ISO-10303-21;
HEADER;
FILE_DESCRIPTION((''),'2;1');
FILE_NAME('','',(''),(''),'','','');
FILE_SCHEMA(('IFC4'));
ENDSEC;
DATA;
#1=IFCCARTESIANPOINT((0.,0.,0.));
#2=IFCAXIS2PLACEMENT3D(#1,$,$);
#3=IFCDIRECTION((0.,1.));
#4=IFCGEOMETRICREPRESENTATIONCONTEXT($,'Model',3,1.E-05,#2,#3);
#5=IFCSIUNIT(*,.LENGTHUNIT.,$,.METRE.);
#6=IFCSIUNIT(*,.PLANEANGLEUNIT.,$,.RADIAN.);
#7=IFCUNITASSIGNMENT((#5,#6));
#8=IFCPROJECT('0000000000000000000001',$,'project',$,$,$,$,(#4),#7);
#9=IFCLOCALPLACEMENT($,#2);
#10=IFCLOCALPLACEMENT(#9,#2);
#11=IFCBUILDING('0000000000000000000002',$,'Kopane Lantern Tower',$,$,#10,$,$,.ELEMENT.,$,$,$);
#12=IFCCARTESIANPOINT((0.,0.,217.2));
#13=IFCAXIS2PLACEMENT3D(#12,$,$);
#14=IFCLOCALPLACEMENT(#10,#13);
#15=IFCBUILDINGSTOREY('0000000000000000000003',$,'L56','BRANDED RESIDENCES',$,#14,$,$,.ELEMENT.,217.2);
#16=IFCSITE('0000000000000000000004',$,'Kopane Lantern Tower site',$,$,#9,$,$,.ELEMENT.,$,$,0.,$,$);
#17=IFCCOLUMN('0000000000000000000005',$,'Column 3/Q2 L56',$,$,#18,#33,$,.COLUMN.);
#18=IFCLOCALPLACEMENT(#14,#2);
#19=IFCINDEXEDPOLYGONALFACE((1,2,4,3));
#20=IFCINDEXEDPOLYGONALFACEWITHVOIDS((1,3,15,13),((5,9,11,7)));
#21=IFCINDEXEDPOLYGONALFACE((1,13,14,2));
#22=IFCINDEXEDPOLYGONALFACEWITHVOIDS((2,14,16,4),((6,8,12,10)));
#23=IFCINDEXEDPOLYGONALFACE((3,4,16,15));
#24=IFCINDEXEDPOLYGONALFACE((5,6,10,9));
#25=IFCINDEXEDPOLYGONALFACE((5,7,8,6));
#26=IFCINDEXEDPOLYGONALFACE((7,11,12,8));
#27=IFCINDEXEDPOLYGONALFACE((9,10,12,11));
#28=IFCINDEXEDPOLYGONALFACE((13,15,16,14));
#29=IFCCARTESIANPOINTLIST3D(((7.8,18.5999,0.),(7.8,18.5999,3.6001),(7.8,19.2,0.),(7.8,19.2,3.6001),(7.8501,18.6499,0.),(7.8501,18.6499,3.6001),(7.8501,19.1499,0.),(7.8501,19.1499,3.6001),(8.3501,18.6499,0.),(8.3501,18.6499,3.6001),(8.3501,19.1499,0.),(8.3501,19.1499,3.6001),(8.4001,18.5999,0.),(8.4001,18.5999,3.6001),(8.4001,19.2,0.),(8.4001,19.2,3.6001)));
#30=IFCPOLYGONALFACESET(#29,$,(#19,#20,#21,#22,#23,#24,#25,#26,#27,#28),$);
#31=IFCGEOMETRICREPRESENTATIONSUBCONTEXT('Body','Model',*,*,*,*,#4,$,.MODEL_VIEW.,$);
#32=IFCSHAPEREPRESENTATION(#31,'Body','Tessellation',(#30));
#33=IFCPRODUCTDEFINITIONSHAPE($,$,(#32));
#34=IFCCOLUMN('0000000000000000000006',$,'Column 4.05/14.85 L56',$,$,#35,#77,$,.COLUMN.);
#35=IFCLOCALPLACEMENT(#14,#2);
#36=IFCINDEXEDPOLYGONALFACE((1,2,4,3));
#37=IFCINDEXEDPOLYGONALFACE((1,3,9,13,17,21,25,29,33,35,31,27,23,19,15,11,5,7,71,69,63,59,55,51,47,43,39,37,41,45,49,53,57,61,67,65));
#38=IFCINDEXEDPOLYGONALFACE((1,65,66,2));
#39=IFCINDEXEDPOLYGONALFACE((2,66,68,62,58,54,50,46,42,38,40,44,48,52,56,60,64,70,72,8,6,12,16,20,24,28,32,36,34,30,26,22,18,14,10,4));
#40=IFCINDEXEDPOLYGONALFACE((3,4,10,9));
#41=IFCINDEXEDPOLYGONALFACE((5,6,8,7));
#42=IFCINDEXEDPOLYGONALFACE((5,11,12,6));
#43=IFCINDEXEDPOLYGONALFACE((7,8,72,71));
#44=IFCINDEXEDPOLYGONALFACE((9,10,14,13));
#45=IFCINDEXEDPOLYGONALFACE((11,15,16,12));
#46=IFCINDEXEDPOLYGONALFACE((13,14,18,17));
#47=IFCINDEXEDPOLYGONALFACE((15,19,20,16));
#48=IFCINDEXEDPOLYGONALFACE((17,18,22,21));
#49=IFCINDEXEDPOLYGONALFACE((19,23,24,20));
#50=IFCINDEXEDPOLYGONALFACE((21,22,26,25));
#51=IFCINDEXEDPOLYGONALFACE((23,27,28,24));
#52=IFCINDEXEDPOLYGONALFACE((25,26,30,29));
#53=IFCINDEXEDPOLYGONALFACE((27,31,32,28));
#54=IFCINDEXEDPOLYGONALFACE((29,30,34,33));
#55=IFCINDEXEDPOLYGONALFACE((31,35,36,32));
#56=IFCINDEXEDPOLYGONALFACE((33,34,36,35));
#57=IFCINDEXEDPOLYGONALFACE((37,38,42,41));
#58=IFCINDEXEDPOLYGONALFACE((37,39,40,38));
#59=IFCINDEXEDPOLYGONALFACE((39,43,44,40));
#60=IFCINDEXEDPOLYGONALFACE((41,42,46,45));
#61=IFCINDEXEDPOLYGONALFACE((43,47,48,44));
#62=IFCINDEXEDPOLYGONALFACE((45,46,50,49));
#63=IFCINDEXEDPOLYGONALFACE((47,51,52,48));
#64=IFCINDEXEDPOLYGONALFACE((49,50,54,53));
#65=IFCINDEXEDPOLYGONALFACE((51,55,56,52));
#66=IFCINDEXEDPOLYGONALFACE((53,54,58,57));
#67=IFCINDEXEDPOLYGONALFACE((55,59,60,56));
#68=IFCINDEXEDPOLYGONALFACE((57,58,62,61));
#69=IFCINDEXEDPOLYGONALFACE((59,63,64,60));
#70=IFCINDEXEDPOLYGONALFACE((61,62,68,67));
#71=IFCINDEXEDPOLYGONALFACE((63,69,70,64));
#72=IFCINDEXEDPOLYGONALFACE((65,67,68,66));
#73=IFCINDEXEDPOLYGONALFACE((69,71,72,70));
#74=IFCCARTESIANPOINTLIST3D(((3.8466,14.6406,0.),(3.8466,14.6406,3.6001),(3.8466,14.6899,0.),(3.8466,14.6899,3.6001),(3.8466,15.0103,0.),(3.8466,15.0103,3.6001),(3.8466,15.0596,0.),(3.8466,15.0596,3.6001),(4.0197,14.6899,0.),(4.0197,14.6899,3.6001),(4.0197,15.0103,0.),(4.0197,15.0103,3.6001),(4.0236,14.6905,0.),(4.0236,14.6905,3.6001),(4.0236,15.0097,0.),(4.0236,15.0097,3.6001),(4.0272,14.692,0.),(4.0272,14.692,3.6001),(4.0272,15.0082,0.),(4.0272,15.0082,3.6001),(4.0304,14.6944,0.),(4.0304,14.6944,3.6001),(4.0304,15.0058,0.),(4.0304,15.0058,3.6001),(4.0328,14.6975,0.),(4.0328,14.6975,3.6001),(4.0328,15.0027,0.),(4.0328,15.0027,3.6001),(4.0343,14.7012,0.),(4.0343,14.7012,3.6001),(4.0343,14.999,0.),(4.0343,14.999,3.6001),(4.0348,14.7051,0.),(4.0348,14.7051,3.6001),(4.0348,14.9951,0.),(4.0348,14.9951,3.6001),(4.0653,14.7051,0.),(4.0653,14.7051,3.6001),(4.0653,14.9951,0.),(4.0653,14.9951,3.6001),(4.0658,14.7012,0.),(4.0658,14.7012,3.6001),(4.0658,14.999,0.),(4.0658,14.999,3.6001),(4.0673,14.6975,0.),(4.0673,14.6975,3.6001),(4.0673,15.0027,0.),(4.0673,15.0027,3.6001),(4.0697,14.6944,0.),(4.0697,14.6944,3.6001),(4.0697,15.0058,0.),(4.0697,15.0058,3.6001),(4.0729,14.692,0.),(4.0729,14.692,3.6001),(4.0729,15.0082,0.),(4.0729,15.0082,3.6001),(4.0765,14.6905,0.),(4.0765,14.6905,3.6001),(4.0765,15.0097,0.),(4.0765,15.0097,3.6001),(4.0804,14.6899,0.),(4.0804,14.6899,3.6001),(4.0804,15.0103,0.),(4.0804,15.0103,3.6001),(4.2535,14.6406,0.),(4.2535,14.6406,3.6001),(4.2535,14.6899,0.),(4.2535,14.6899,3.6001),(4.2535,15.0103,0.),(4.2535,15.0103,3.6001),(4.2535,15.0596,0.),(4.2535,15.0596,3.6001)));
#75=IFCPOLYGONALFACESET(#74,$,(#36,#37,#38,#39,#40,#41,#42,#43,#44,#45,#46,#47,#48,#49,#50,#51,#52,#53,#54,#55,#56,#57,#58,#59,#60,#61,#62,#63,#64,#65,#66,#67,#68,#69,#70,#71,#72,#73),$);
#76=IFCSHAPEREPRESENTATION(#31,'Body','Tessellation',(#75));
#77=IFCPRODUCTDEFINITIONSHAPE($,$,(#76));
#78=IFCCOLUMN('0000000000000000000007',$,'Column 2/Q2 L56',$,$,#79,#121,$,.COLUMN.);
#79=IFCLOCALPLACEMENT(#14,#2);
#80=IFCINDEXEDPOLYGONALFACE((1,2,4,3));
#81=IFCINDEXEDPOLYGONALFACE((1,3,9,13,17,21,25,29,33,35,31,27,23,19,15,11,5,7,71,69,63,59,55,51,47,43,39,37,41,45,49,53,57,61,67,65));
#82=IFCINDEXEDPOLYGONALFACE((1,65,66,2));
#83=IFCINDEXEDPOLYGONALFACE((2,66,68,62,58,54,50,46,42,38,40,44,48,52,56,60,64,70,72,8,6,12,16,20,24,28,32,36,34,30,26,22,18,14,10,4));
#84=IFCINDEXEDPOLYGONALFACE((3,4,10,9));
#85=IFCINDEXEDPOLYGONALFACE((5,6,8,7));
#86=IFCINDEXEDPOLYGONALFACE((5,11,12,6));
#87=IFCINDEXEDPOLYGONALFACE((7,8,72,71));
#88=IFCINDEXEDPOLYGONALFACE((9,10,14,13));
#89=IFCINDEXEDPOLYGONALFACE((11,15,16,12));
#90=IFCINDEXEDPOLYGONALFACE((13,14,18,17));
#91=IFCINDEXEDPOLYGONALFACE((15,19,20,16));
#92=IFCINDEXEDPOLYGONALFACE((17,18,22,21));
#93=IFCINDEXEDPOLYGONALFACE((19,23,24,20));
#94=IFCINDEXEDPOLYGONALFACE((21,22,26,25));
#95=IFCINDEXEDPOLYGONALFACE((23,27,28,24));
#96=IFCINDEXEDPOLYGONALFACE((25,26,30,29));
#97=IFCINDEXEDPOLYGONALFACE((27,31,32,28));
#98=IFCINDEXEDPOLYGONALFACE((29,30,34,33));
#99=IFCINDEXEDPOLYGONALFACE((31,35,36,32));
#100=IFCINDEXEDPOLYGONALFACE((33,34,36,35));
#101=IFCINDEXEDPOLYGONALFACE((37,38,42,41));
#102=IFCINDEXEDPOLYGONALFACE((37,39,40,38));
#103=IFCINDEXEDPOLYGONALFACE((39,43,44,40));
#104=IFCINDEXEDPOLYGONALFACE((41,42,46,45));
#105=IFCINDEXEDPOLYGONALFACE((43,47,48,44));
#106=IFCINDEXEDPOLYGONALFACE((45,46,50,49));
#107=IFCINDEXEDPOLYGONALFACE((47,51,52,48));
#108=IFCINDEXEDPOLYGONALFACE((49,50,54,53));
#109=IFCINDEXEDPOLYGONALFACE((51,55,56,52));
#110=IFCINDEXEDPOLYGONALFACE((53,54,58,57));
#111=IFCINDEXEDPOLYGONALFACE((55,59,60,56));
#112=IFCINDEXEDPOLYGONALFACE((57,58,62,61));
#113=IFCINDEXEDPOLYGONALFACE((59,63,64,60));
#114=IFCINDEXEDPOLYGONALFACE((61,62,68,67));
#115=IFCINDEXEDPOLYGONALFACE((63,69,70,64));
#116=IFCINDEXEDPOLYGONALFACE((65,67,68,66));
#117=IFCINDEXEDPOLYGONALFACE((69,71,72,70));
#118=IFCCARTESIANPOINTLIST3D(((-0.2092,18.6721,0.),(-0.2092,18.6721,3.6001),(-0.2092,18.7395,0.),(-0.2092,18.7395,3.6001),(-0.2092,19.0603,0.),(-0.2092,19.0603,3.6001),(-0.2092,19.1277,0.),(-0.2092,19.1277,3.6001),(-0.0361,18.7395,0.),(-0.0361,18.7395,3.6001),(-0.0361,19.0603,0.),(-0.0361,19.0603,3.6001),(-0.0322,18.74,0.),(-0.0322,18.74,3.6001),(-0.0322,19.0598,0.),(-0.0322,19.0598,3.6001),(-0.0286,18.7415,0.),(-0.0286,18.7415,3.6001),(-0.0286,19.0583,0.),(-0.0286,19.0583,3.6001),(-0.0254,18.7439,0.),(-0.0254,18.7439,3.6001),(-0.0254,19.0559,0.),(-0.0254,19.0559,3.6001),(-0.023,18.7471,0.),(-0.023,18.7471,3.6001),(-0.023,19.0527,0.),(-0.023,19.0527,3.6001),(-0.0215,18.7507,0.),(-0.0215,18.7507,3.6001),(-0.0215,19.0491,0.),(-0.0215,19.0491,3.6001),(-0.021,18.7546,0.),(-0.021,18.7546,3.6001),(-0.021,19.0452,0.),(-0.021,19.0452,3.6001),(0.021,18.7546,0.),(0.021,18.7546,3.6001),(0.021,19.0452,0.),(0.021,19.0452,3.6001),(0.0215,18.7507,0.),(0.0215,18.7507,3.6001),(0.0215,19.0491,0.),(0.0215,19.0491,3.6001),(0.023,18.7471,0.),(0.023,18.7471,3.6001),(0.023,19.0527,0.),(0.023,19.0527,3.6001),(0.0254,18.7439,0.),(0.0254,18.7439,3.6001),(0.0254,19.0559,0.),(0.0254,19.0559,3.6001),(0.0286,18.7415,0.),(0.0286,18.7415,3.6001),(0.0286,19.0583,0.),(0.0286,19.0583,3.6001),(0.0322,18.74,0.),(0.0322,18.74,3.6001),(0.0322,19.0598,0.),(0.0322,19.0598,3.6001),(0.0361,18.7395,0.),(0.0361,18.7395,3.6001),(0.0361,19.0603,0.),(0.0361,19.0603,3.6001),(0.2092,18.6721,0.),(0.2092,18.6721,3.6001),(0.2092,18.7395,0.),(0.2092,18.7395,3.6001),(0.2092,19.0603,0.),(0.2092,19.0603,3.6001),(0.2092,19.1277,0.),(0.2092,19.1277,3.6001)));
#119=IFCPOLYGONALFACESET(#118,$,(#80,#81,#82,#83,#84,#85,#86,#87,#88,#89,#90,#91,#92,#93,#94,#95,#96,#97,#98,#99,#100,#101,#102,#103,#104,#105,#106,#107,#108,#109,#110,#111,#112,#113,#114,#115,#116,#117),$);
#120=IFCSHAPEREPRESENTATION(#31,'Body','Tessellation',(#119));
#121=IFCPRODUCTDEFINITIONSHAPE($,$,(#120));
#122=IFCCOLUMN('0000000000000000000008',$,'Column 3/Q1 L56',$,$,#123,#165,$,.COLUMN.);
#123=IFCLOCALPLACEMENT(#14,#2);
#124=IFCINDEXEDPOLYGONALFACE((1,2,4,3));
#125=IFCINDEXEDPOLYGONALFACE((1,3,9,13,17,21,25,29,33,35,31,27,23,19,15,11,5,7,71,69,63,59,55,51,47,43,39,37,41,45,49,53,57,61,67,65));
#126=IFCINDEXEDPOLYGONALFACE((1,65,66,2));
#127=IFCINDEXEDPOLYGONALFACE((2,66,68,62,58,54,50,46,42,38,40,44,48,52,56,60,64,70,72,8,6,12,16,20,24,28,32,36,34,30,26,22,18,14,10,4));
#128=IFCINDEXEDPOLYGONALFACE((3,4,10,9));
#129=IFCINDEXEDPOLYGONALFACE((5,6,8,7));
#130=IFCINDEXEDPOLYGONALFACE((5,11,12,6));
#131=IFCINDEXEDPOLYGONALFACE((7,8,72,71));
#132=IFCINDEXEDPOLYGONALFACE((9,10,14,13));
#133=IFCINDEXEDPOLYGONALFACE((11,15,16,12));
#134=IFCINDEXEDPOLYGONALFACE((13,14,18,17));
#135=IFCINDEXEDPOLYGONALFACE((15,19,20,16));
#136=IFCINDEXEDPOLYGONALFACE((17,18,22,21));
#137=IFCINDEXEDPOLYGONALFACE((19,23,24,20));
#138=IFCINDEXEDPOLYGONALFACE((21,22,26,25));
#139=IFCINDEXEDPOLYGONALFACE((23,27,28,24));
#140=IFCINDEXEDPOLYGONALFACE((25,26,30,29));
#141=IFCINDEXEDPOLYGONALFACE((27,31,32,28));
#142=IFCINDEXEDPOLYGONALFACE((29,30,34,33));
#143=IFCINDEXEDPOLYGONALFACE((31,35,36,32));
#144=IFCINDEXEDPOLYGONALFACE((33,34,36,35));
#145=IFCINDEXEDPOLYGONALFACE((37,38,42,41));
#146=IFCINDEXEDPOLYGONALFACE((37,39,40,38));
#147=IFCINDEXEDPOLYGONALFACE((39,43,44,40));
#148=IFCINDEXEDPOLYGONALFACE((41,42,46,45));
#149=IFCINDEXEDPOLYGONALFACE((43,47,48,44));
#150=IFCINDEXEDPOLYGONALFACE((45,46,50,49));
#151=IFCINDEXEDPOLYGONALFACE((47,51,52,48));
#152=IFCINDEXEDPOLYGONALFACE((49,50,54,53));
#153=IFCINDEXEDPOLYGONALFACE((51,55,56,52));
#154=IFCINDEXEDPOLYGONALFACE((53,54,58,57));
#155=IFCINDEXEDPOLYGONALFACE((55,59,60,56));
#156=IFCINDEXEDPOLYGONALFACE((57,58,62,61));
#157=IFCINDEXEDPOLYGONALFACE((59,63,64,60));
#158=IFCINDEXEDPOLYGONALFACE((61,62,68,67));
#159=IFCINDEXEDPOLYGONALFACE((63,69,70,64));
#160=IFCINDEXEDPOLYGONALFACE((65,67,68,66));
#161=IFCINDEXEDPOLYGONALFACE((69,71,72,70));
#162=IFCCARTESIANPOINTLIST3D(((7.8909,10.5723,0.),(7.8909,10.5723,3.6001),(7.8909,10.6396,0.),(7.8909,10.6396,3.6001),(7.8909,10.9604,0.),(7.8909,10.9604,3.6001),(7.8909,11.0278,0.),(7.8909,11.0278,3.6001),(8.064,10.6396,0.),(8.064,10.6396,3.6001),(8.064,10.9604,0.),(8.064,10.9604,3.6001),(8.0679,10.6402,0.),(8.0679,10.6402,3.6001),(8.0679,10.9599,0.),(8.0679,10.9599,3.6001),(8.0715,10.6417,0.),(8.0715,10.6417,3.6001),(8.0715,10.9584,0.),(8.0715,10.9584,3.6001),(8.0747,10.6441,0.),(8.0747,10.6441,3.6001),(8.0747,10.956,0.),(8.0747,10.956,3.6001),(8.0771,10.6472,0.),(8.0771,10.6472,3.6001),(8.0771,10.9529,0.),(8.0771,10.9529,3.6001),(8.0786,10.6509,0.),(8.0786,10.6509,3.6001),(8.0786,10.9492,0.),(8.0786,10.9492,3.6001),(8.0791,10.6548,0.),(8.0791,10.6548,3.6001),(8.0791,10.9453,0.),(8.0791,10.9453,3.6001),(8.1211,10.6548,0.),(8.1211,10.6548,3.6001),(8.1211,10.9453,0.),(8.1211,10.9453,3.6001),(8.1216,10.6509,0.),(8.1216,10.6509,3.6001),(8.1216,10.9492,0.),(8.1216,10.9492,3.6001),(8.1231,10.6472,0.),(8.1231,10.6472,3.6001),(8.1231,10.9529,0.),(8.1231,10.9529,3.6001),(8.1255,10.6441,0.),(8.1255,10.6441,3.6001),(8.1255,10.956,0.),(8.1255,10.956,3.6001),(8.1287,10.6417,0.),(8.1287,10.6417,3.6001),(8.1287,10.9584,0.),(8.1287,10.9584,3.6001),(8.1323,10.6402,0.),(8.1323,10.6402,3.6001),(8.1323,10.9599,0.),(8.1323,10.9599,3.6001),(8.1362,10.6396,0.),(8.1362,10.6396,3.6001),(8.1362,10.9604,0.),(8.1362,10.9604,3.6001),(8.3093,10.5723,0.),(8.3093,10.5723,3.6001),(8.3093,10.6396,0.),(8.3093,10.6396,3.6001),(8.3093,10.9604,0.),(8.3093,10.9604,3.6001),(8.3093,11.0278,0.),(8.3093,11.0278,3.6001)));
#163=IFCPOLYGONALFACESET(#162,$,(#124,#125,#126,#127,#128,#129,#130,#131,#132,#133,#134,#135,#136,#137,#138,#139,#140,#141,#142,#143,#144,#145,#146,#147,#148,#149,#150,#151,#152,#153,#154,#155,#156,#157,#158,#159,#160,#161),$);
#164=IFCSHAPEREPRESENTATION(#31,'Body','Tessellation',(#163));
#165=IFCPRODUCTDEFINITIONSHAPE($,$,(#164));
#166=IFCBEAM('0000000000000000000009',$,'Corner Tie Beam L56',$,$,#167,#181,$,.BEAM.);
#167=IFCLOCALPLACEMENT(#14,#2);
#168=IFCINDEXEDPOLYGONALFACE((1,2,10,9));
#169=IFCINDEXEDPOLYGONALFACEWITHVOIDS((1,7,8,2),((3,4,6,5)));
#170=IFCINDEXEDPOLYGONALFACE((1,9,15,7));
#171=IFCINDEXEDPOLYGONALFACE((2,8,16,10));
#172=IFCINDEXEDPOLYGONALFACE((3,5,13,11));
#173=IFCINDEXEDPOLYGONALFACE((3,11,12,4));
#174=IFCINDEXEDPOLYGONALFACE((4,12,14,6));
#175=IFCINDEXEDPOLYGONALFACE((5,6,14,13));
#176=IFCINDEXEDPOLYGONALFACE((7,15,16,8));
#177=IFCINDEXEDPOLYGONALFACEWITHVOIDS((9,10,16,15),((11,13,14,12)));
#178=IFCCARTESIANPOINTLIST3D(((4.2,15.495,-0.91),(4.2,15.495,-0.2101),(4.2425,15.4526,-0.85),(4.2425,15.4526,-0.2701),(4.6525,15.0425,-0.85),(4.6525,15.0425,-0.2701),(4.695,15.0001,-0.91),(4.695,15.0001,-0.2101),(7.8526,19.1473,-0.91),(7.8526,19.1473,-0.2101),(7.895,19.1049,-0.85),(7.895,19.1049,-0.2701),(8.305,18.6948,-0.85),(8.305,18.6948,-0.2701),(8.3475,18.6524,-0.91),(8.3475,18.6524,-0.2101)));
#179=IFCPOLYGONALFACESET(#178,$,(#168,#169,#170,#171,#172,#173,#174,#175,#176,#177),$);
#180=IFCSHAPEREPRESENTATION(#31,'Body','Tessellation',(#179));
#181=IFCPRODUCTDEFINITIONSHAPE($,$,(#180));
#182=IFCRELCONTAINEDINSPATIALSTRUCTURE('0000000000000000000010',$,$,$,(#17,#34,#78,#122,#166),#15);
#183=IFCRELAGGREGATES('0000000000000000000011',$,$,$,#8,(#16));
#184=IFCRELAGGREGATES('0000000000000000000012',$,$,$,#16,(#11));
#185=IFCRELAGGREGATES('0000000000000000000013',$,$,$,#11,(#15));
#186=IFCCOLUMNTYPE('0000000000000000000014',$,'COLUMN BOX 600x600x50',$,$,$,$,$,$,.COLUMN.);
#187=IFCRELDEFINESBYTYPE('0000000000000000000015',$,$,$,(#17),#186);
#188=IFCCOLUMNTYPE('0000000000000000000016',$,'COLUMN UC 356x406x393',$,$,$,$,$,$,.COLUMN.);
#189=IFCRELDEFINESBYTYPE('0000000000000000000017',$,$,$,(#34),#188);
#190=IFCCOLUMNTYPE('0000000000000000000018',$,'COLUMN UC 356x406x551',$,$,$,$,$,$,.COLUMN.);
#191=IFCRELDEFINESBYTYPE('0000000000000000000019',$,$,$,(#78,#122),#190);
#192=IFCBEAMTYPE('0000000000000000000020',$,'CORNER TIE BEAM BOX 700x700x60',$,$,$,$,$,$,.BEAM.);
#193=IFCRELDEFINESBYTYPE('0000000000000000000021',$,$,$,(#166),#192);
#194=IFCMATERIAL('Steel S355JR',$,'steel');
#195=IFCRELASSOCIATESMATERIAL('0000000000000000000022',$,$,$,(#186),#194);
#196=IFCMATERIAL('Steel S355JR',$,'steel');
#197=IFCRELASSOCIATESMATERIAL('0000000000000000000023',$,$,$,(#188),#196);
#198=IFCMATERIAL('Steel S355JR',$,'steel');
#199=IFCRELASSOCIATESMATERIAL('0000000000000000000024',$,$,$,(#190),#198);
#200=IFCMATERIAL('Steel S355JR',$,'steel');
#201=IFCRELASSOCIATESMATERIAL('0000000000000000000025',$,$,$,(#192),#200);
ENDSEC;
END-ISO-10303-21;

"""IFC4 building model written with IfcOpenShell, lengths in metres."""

from ifc_helpers import new_model, si_unit, direction, frame, origin, origin_2d, place, context, subcontext, project, spatial, hollow_rectangle, i_section, extrude, material, material_profile, profile_set, type_object, element, save


model = new_model("IFC4")

# Units and contexts
model_context = context("Model", 3, precision=1e-05, world=origin(), true_north=direction((0.0, 1.0)))
body_context = subcontext(model_context, "Body", "Model", "MODEL_VIEW")
ifc_project = project(units=[si_unit("LENGTHUNIT", "METRE"), si_unit("PLANEANGLEUNIT", "RADIAN")], contexts=[model_context])

# Site, building, storey
site_placement = place(None, origin())
site = spatial("IfcSite", under=ifc_project, at=site_placement, Name="Kopane Lantern Tower site", CompositionType="ELEMENT", RefElevation=0.0)
building_placement = place(site_placement, origin())
building = spatial("IfcBuilding", under=site, at=building_placement, Name="Kopane Lantern Tower", CompositionType="ELEMENT")
storey_placement = place(building_placement, frame((0.0, 0.0, 217.2)))
storey = spatial("IfcBuildingStorey", under=building, at=storey_placement, Name="L56", Description="BRANDED RESIDENCES", CompositionType="ELEMENT", Elevation=217.2)

# Columns
ifc_material_1 = material(Name="Steel S355JR", Category="steel")
ifc_material_profile_1 = material_profile(ifc_material_1, hollow_rectangle(XDim=0.6001, YDim=0.6001, WallThickness=0.05, at=origin_2d()), Name="BOX 600x600x50")
ifc_profile_set_1 = profile_set([ifc_material_profile_1], Name="Steel S355JR")
column_type_1 = type_object("IfcColumnType", Name="COLUMN BOX 600x600x50", PredefinedType="COLUMN", material=ifc_profile_set_1)
column_1_placement = place(storey_placement, frame((8.1001, 18.8999, 0.0), z_axis=(0.0, 0.0, 1.0), x_axis=(1.0, 0.0, 0.0)))
element("IfcColumn", 1, at=column_1_placement, inside=storey, type_object=column_type_1, Name="Column 3/Q2 L56", PredefinedType="COLUMN", context=body_context, shape_type="SweptSolid", body=[
    extrude(hollow_rectangle(XDim=0.6001, YDim=0.6001, WallThickness=0.05, at=origin_2d()), origin(), (0.0, 0.0, 1.0), 3.6001),
])
ifc_material_2 = material(Name="Steel S355JR", Category="steel")
ifc_material_profile_2 = material_profile(ifc_material_2, i_section(OverallWidth=0.407, OverallDepth=0.4189, WebThickness=0.0305, FlangeThickness=0.0493, FilletRadius=0.0151, at=origin_2d()), Name="UC 356x406x393")
ifc_profile_set_2 = profile_set([ifc_material_profile_2], Name="Steel S355JR")
column_type_2 = type_object("IfcColumnType", Name="COLUMN UC 356x406x393", PredefinedType="COLUMN", material=ifc_profile_set_2)
column_2_placement = place(storey_placement, frame((4.05, 14.8501, 0.0), z_axis=(0.0, 0.0, 1.0), x_axis=(1.0, 0.0, 0.0)))
element("IfcColumn", 2, at=column_2_placement, inside=storey, type_object=column_type_2, Name="Column 4.05/14.85 L56", PredefinedType="COLUMN", context=body_context, shape_type="SweptSolid", body=[
    extrude(i_section(OverallWidth=0.407, OverallDepth=0.4189, WebThickness=0.0305, FlangeThickness=0.0493, FilletRadius=0.0151, at=origin_2d()), origin(), (0.0, 0.0, 1.0), 3.6001),
])
ifc_material_3 = material(Name="Steel S355JR", Category="steel")
ifc_material_profile_3 = material_profile(ifc_material_3, i_section(OverallWidth=0.4185, OverallDepth=0.4556, WebThickness=0.042, FlangeThickness=0.0674, FilletRadius=0.0151, at=origin_2d()), Name="UC 356x406x551")
ifc_profile_set_3 = profile_set([ifc_material_profile_3], Name="Steel S355JR")
column_type_3 = type_object("IfcColumnType", Name="COLUMN UC 356x406x551", PredefinedType="COLUMN", material=ifc_profile_set_3)
for number, where, z_axis, x_axis, name in (
    (3, (0.0, 18.8999, 0.0), (0.0, 0.0, 1.0), (1.0, 0.0, 0.0), "Column 2/Q2 L56"),
    (4, (8.1001, 10.8, 0.0), (0.0, 0.0, 1.0), (1.0, 0.0, 0.0), "Column 3/Q1 L56"),
):
    element("IfcColumn", number, at=place(storey_placement, frame(where, z_axis=z_axis, x_axis=x_axis)), inside=storey, type_object=column_type_3, Name=name, PredefinedType="COLUMN", context=body_context, shape_type="SweptSolid", body=[
        extrude(i_section(OverallWidth=0.4185, OverallDepth=0.4556, WebThickness=0.042, FlangeThickness=0.0674, FilletRadius=0.0151, at=origin_2d()), origin(), (0.0, 0.0, 1.0), 3.6001),
    ])

# Beam
ifc_material_4 = material(Name="Steel S355JR", Category="steel")
ifc_material_profile_4 = material_profile(ifc_material_4, hollow_rectangle(XDim=0.7, YDim=0.7, WallThickness=0.0601, at=origin_2d()), Name="BOX 700x700x60")
ifc_profile_set_4 = profile_set([ifc_material_profile_4], Name="Steel S355JR")
beam_type_1 = type_object("IfcBeamType", Name="CORNER TIE BEAM BOX 700x700x60", PredefinedType="BEAM", material=ifc_profile_set_4)
beam_1_placement = place(storey_placement, frame((4.4475, 15.2476, -0.5601), z_axis=(0.70713, 0.707083, 0.0), x_axis=(-0.707083, 0.70713, 0.0)))
element("IfcBeam", 5, at=beam_1_placement, inside=storey, type_object=beam_type_1, Name="Corner Tie Beam L56", PredefinedType="BEAM", context=body_context, shape_type="SweptSolid", body=[
    extrude(hollow_rectangle(XDim=0.7, YDim=0.7, WallThickness=0.0601, at=origin_2d()), origin(), (0.0, 0.0, 1.0), 5.1653),
])

save(model, "model.ifc")
